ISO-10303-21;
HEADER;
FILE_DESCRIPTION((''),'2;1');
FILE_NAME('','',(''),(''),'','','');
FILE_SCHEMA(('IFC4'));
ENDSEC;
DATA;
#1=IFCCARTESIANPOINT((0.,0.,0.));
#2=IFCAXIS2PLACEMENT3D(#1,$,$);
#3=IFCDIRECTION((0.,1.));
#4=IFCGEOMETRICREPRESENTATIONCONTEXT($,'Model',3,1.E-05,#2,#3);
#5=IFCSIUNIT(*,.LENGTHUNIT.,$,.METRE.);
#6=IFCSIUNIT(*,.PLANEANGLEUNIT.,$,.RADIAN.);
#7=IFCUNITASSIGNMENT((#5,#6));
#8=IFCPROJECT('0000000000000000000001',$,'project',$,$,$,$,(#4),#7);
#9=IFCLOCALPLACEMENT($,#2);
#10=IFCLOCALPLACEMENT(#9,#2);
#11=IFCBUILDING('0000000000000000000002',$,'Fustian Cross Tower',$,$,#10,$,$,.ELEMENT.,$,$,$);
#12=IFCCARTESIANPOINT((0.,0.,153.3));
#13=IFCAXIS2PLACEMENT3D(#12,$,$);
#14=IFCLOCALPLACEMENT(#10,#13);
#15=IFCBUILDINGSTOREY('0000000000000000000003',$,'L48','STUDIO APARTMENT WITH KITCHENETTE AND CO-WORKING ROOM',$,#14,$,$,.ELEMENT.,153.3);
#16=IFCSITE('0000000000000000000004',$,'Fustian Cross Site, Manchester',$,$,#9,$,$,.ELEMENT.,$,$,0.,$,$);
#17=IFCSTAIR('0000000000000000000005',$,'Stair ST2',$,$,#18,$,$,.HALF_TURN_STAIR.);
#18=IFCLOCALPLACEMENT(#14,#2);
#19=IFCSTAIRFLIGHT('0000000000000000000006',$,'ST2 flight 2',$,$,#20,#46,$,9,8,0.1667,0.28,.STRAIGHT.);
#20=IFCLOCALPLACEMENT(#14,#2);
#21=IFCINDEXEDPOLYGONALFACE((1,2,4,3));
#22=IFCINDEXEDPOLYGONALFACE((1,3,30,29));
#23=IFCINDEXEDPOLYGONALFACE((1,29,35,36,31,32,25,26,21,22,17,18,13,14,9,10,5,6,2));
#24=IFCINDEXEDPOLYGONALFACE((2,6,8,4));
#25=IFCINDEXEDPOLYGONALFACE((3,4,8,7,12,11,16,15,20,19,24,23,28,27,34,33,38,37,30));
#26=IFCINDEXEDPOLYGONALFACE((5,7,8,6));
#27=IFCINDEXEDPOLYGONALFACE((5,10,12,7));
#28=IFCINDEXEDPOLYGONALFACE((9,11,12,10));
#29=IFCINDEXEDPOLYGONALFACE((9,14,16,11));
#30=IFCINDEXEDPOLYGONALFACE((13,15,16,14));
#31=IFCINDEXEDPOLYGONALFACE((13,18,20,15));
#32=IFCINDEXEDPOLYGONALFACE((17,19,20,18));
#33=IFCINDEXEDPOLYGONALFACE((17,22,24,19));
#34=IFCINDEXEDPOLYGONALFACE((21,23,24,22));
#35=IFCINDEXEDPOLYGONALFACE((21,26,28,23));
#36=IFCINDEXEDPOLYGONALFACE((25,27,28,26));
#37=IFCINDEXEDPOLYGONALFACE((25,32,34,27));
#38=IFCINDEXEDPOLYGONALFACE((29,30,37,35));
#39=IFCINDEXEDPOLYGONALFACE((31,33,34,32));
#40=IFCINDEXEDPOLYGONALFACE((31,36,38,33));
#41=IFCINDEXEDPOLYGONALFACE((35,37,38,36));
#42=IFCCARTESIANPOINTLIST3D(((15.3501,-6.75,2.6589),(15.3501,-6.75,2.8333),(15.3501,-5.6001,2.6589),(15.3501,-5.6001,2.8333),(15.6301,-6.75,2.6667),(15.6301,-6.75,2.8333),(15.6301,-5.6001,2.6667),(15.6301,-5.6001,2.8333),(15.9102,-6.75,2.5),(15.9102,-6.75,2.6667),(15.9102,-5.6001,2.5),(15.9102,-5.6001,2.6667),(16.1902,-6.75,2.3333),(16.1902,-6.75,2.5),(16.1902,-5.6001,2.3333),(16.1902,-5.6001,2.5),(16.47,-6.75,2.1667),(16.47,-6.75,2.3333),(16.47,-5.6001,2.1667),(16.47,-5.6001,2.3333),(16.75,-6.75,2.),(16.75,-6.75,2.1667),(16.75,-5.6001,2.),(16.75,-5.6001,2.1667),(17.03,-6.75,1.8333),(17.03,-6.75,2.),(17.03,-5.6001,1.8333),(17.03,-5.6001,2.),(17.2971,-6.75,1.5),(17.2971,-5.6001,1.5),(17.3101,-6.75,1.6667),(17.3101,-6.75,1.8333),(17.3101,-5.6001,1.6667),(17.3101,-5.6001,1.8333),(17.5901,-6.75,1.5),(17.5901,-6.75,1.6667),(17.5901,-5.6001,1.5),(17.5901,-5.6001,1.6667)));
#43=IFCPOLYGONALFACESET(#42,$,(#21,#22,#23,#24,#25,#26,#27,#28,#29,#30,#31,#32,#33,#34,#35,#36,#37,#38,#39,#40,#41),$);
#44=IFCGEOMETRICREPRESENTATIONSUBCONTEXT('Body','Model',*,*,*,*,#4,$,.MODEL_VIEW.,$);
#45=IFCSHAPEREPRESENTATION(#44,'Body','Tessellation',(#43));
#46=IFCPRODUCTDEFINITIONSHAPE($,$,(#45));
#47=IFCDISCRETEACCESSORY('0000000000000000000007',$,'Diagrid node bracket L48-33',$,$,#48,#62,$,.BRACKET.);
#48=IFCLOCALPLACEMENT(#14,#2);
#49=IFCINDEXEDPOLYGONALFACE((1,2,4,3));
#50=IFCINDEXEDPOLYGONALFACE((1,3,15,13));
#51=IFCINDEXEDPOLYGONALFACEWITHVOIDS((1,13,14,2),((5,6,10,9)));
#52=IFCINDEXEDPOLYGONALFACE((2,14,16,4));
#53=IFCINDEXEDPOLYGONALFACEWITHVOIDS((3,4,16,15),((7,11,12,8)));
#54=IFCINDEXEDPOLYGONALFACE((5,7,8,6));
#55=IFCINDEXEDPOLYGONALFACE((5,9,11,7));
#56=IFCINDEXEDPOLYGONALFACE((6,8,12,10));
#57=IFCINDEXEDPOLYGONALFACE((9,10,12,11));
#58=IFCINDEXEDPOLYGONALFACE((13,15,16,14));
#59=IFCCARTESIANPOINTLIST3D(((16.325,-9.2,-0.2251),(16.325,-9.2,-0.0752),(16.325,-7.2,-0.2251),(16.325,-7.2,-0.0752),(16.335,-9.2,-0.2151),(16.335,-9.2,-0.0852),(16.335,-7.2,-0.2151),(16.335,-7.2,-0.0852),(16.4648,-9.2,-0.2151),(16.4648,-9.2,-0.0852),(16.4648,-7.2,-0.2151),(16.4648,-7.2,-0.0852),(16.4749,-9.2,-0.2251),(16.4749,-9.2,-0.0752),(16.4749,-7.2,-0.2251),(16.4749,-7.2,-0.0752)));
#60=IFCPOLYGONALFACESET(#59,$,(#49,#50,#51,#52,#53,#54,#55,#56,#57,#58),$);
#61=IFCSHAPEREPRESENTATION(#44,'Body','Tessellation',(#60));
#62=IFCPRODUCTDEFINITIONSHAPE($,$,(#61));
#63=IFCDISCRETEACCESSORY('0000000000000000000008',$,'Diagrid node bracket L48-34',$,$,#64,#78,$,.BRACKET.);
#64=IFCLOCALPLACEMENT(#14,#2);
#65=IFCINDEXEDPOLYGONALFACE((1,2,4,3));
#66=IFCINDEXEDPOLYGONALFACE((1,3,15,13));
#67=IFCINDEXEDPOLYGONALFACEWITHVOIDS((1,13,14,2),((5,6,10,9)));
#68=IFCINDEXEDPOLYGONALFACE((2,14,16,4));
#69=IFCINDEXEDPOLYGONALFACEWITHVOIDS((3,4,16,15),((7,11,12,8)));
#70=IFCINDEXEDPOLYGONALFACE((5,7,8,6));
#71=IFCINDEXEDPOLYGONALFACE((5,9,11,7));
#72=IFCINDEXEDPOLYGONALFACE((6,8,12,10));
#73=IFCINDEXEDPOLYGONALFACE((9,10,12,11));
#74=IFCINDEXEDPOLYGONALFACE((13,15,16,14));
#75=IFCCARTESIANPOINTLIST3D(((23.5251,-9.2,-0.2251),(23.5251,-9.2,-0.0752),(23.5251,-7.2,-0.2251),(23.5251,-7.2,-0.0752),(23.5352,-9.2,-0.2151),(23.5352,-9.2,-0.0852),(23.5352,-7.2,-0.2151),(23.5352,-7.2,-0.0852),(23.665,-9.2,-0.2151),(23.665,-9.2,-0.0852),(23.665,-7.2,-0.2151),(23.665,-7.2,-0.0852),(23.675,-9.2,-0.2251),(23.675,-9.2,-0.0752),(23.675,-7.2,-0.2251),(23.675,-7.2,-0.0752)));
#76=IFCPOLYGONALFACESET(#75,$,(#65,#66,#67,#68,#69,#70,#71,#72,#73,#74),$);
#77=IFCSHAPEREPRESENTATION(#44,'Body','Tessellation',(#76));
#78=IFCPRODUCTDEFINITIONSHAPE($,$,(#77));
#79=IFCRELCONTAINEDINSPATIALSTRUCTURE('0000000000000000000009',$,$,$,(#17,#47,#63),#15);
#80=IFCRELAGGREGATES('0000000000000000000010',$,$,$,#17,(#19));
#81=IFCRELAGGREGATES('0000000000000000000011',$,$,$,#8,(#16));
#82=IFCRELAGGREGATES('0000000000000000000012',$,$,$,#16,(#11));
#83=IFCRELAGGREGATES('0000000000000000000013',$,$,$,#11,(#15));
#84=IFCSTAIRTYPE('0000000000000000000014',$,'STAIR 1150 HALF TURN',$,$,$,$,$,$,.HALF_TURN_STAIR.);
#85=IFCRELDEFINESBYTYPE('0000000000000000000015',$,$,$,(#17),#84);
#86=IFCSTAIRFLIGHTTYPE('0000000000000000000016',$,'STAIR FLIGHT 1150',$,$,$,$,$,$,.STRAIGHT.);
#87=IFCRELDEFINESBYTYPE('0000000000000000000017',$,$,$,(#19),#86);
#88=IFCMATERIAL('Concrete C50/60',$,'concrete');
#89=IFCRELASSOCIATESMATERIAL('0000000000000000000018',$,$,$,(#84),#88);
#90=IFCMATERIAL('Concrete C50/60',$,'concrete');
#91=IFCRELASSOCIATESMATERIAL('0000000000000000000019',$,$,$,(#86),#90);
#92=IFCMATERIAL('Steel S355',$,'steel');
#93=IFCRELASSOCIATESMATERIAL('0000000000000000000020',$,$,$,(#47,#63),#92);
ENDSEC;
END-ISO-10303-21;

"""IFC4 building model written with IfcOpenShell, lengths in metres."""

from ifc_helpers import new_model, si_unit, direction, frame, origin, origin_2d, place, context, subcontext, project, spatial, polyline, hollow_rectangle, outline, extrude, material, type_object, element, aggregate, save


model = new_model("IFC4")

# Units and contexts
model_context = context("Model", 3, precision=1e-05, world=origin(), true_north=direction((0.0, 1.0)))
body_context = subcontext(model_context, "Body", "Model", "MODEL_VIEW")
ifc_project = project(units=[si_unit("LENGTHUNIT", "METRE"), si_unit("PLANEANGLEUNIT", "RADIAN")], contexts=[model_context])

# Site, building, storey
site_placement = place(None, origin())
site = spatial("IfcSite", under=ifc_project, at=site_placement, Name="Fustian Cross Site, Manchester", CompositionType="ELEMENT", RefElevation=0.0)
building_placement = place(site_placement, origin())
building = spatial("IfcBuilding", under=site, at=building_placement, Name="Fustian Cross Tower", CompositionType="ELEMENT")
storey_placement = place(building_placement, frame((0.0, 0.0, 153.3)))
storey = spatial("IfcBuildingStorey", under=building, at=storey_placement, Name="L48", Description="STUDIO APARTMENT WITH KITCHENETTE AND CO-WORKING ROOM", CompositionType="ELEMENT", Elevation=153.3)

# Stair, stair flight
ifc_material_1 = material(Name="Concrete C50/60", Category="concrete")
stair_type = type_object("IfcStairType", Name="STAIR 1150 HALF TURN", PredefinedType="HALF_TURN_STAIR", material=ifc_material_1)
stair_placement = place(storey_placement, origin())
stair = element("IfcStair", 1, at=stair_placement, inside=storey, type_object=stair_type, Name="Stair ST2", PredefinedType="HALF_TURN_STAIR")
ifc_material_2 = material(Name="Concrete C50/60", Category="concrete")
stair_flight_type = type_object("IfcStairFlightType", Name="STAIR FLIGHT 1150", PredefinedType="STRAIGHT", material=ifc_material_2)
stair_flight_1_placement = place(storey_placement, frame((17.5901, -6.175, 1.5), z_axis=(0.0, 0.0, 1.0), x_axis=(-1.0, 0.0, 0.0)))
stair_flight_1 = element("IfcStairFlight", 2, at=stair_flight_1_placement, type_object=stair_flight_type, Name="ST2 flight 2", NumberOfRisers=9, NumberOfTreads=8, PredefinedType="STRAIGHT", RiserHeight=0.1667, TreadLength=0.28, context=body_context, shape_type="SweptSolid", body=[
    extrude(outline(polyline([(0.0, 0.0), (0.0, 0.1667), (0.28, 0.1667), (0.28, 0.3333), (0.5601, 0.3333), (0.5601, 0.5), (0.8401, 0.5), (0.8401, 0.6667), (1.1201, 0.6667), (1.1201, 0.8333), (1.3999, 0.8333), (1.3999, 1.0), (1.6799, 1.0), (1.6799, 1.1667), (1.96, 1.1667), (1.96, 1.3333), (2.24, 1.3333), (2.24, 1.5), (2.24, 1.1589), (0.293, 0.0), (0.0, 0.0)])), frame((0.0, 0.575, 0.0), z_axis=(0.0, -1.0, 0.0), x_axis=(1.0, 0.0, 0.0)), (0.0, 0.0, 1.0), 1.1499),
])
aggregate(stair, [stair_flight_1])

# Discrete accessories
ifc_material_3 = material(Name="Steel S355", Category="steel")
for number, where, z_axis, x_axis, name in (
    (3, (16.3999, -9.2, -0.1501), (0.0, 1.0, 0.0), (-1.0, 0.0, 0.0), "Diagrid node bracket L48-33"),
    (4, (23.6001, -9.2, -0.1501), (0.0, 1.0, 0.0), (-1.0, 0.0, 0.0), "Diagrid node bracket L48-34"),
):
    element("IfcDiscreteAccessory", number, at=place(storey_placement, frame(where, z_axis=z_axis, x_axis=x_axis)), inside=storey, material=ifc_material_3, Name=name, PredefinedType="BRACKET", context=body_context, shape_type="SweptSolid", body=[
        extrude(hollow_rectangle(XDim=0.1499, YDim=0.1499, WallThickness=0.01, at=origin_2d()), origin(), (0.0, 0.0, 1.0), 2.0),
    ])

save(model, "model.ifc")
